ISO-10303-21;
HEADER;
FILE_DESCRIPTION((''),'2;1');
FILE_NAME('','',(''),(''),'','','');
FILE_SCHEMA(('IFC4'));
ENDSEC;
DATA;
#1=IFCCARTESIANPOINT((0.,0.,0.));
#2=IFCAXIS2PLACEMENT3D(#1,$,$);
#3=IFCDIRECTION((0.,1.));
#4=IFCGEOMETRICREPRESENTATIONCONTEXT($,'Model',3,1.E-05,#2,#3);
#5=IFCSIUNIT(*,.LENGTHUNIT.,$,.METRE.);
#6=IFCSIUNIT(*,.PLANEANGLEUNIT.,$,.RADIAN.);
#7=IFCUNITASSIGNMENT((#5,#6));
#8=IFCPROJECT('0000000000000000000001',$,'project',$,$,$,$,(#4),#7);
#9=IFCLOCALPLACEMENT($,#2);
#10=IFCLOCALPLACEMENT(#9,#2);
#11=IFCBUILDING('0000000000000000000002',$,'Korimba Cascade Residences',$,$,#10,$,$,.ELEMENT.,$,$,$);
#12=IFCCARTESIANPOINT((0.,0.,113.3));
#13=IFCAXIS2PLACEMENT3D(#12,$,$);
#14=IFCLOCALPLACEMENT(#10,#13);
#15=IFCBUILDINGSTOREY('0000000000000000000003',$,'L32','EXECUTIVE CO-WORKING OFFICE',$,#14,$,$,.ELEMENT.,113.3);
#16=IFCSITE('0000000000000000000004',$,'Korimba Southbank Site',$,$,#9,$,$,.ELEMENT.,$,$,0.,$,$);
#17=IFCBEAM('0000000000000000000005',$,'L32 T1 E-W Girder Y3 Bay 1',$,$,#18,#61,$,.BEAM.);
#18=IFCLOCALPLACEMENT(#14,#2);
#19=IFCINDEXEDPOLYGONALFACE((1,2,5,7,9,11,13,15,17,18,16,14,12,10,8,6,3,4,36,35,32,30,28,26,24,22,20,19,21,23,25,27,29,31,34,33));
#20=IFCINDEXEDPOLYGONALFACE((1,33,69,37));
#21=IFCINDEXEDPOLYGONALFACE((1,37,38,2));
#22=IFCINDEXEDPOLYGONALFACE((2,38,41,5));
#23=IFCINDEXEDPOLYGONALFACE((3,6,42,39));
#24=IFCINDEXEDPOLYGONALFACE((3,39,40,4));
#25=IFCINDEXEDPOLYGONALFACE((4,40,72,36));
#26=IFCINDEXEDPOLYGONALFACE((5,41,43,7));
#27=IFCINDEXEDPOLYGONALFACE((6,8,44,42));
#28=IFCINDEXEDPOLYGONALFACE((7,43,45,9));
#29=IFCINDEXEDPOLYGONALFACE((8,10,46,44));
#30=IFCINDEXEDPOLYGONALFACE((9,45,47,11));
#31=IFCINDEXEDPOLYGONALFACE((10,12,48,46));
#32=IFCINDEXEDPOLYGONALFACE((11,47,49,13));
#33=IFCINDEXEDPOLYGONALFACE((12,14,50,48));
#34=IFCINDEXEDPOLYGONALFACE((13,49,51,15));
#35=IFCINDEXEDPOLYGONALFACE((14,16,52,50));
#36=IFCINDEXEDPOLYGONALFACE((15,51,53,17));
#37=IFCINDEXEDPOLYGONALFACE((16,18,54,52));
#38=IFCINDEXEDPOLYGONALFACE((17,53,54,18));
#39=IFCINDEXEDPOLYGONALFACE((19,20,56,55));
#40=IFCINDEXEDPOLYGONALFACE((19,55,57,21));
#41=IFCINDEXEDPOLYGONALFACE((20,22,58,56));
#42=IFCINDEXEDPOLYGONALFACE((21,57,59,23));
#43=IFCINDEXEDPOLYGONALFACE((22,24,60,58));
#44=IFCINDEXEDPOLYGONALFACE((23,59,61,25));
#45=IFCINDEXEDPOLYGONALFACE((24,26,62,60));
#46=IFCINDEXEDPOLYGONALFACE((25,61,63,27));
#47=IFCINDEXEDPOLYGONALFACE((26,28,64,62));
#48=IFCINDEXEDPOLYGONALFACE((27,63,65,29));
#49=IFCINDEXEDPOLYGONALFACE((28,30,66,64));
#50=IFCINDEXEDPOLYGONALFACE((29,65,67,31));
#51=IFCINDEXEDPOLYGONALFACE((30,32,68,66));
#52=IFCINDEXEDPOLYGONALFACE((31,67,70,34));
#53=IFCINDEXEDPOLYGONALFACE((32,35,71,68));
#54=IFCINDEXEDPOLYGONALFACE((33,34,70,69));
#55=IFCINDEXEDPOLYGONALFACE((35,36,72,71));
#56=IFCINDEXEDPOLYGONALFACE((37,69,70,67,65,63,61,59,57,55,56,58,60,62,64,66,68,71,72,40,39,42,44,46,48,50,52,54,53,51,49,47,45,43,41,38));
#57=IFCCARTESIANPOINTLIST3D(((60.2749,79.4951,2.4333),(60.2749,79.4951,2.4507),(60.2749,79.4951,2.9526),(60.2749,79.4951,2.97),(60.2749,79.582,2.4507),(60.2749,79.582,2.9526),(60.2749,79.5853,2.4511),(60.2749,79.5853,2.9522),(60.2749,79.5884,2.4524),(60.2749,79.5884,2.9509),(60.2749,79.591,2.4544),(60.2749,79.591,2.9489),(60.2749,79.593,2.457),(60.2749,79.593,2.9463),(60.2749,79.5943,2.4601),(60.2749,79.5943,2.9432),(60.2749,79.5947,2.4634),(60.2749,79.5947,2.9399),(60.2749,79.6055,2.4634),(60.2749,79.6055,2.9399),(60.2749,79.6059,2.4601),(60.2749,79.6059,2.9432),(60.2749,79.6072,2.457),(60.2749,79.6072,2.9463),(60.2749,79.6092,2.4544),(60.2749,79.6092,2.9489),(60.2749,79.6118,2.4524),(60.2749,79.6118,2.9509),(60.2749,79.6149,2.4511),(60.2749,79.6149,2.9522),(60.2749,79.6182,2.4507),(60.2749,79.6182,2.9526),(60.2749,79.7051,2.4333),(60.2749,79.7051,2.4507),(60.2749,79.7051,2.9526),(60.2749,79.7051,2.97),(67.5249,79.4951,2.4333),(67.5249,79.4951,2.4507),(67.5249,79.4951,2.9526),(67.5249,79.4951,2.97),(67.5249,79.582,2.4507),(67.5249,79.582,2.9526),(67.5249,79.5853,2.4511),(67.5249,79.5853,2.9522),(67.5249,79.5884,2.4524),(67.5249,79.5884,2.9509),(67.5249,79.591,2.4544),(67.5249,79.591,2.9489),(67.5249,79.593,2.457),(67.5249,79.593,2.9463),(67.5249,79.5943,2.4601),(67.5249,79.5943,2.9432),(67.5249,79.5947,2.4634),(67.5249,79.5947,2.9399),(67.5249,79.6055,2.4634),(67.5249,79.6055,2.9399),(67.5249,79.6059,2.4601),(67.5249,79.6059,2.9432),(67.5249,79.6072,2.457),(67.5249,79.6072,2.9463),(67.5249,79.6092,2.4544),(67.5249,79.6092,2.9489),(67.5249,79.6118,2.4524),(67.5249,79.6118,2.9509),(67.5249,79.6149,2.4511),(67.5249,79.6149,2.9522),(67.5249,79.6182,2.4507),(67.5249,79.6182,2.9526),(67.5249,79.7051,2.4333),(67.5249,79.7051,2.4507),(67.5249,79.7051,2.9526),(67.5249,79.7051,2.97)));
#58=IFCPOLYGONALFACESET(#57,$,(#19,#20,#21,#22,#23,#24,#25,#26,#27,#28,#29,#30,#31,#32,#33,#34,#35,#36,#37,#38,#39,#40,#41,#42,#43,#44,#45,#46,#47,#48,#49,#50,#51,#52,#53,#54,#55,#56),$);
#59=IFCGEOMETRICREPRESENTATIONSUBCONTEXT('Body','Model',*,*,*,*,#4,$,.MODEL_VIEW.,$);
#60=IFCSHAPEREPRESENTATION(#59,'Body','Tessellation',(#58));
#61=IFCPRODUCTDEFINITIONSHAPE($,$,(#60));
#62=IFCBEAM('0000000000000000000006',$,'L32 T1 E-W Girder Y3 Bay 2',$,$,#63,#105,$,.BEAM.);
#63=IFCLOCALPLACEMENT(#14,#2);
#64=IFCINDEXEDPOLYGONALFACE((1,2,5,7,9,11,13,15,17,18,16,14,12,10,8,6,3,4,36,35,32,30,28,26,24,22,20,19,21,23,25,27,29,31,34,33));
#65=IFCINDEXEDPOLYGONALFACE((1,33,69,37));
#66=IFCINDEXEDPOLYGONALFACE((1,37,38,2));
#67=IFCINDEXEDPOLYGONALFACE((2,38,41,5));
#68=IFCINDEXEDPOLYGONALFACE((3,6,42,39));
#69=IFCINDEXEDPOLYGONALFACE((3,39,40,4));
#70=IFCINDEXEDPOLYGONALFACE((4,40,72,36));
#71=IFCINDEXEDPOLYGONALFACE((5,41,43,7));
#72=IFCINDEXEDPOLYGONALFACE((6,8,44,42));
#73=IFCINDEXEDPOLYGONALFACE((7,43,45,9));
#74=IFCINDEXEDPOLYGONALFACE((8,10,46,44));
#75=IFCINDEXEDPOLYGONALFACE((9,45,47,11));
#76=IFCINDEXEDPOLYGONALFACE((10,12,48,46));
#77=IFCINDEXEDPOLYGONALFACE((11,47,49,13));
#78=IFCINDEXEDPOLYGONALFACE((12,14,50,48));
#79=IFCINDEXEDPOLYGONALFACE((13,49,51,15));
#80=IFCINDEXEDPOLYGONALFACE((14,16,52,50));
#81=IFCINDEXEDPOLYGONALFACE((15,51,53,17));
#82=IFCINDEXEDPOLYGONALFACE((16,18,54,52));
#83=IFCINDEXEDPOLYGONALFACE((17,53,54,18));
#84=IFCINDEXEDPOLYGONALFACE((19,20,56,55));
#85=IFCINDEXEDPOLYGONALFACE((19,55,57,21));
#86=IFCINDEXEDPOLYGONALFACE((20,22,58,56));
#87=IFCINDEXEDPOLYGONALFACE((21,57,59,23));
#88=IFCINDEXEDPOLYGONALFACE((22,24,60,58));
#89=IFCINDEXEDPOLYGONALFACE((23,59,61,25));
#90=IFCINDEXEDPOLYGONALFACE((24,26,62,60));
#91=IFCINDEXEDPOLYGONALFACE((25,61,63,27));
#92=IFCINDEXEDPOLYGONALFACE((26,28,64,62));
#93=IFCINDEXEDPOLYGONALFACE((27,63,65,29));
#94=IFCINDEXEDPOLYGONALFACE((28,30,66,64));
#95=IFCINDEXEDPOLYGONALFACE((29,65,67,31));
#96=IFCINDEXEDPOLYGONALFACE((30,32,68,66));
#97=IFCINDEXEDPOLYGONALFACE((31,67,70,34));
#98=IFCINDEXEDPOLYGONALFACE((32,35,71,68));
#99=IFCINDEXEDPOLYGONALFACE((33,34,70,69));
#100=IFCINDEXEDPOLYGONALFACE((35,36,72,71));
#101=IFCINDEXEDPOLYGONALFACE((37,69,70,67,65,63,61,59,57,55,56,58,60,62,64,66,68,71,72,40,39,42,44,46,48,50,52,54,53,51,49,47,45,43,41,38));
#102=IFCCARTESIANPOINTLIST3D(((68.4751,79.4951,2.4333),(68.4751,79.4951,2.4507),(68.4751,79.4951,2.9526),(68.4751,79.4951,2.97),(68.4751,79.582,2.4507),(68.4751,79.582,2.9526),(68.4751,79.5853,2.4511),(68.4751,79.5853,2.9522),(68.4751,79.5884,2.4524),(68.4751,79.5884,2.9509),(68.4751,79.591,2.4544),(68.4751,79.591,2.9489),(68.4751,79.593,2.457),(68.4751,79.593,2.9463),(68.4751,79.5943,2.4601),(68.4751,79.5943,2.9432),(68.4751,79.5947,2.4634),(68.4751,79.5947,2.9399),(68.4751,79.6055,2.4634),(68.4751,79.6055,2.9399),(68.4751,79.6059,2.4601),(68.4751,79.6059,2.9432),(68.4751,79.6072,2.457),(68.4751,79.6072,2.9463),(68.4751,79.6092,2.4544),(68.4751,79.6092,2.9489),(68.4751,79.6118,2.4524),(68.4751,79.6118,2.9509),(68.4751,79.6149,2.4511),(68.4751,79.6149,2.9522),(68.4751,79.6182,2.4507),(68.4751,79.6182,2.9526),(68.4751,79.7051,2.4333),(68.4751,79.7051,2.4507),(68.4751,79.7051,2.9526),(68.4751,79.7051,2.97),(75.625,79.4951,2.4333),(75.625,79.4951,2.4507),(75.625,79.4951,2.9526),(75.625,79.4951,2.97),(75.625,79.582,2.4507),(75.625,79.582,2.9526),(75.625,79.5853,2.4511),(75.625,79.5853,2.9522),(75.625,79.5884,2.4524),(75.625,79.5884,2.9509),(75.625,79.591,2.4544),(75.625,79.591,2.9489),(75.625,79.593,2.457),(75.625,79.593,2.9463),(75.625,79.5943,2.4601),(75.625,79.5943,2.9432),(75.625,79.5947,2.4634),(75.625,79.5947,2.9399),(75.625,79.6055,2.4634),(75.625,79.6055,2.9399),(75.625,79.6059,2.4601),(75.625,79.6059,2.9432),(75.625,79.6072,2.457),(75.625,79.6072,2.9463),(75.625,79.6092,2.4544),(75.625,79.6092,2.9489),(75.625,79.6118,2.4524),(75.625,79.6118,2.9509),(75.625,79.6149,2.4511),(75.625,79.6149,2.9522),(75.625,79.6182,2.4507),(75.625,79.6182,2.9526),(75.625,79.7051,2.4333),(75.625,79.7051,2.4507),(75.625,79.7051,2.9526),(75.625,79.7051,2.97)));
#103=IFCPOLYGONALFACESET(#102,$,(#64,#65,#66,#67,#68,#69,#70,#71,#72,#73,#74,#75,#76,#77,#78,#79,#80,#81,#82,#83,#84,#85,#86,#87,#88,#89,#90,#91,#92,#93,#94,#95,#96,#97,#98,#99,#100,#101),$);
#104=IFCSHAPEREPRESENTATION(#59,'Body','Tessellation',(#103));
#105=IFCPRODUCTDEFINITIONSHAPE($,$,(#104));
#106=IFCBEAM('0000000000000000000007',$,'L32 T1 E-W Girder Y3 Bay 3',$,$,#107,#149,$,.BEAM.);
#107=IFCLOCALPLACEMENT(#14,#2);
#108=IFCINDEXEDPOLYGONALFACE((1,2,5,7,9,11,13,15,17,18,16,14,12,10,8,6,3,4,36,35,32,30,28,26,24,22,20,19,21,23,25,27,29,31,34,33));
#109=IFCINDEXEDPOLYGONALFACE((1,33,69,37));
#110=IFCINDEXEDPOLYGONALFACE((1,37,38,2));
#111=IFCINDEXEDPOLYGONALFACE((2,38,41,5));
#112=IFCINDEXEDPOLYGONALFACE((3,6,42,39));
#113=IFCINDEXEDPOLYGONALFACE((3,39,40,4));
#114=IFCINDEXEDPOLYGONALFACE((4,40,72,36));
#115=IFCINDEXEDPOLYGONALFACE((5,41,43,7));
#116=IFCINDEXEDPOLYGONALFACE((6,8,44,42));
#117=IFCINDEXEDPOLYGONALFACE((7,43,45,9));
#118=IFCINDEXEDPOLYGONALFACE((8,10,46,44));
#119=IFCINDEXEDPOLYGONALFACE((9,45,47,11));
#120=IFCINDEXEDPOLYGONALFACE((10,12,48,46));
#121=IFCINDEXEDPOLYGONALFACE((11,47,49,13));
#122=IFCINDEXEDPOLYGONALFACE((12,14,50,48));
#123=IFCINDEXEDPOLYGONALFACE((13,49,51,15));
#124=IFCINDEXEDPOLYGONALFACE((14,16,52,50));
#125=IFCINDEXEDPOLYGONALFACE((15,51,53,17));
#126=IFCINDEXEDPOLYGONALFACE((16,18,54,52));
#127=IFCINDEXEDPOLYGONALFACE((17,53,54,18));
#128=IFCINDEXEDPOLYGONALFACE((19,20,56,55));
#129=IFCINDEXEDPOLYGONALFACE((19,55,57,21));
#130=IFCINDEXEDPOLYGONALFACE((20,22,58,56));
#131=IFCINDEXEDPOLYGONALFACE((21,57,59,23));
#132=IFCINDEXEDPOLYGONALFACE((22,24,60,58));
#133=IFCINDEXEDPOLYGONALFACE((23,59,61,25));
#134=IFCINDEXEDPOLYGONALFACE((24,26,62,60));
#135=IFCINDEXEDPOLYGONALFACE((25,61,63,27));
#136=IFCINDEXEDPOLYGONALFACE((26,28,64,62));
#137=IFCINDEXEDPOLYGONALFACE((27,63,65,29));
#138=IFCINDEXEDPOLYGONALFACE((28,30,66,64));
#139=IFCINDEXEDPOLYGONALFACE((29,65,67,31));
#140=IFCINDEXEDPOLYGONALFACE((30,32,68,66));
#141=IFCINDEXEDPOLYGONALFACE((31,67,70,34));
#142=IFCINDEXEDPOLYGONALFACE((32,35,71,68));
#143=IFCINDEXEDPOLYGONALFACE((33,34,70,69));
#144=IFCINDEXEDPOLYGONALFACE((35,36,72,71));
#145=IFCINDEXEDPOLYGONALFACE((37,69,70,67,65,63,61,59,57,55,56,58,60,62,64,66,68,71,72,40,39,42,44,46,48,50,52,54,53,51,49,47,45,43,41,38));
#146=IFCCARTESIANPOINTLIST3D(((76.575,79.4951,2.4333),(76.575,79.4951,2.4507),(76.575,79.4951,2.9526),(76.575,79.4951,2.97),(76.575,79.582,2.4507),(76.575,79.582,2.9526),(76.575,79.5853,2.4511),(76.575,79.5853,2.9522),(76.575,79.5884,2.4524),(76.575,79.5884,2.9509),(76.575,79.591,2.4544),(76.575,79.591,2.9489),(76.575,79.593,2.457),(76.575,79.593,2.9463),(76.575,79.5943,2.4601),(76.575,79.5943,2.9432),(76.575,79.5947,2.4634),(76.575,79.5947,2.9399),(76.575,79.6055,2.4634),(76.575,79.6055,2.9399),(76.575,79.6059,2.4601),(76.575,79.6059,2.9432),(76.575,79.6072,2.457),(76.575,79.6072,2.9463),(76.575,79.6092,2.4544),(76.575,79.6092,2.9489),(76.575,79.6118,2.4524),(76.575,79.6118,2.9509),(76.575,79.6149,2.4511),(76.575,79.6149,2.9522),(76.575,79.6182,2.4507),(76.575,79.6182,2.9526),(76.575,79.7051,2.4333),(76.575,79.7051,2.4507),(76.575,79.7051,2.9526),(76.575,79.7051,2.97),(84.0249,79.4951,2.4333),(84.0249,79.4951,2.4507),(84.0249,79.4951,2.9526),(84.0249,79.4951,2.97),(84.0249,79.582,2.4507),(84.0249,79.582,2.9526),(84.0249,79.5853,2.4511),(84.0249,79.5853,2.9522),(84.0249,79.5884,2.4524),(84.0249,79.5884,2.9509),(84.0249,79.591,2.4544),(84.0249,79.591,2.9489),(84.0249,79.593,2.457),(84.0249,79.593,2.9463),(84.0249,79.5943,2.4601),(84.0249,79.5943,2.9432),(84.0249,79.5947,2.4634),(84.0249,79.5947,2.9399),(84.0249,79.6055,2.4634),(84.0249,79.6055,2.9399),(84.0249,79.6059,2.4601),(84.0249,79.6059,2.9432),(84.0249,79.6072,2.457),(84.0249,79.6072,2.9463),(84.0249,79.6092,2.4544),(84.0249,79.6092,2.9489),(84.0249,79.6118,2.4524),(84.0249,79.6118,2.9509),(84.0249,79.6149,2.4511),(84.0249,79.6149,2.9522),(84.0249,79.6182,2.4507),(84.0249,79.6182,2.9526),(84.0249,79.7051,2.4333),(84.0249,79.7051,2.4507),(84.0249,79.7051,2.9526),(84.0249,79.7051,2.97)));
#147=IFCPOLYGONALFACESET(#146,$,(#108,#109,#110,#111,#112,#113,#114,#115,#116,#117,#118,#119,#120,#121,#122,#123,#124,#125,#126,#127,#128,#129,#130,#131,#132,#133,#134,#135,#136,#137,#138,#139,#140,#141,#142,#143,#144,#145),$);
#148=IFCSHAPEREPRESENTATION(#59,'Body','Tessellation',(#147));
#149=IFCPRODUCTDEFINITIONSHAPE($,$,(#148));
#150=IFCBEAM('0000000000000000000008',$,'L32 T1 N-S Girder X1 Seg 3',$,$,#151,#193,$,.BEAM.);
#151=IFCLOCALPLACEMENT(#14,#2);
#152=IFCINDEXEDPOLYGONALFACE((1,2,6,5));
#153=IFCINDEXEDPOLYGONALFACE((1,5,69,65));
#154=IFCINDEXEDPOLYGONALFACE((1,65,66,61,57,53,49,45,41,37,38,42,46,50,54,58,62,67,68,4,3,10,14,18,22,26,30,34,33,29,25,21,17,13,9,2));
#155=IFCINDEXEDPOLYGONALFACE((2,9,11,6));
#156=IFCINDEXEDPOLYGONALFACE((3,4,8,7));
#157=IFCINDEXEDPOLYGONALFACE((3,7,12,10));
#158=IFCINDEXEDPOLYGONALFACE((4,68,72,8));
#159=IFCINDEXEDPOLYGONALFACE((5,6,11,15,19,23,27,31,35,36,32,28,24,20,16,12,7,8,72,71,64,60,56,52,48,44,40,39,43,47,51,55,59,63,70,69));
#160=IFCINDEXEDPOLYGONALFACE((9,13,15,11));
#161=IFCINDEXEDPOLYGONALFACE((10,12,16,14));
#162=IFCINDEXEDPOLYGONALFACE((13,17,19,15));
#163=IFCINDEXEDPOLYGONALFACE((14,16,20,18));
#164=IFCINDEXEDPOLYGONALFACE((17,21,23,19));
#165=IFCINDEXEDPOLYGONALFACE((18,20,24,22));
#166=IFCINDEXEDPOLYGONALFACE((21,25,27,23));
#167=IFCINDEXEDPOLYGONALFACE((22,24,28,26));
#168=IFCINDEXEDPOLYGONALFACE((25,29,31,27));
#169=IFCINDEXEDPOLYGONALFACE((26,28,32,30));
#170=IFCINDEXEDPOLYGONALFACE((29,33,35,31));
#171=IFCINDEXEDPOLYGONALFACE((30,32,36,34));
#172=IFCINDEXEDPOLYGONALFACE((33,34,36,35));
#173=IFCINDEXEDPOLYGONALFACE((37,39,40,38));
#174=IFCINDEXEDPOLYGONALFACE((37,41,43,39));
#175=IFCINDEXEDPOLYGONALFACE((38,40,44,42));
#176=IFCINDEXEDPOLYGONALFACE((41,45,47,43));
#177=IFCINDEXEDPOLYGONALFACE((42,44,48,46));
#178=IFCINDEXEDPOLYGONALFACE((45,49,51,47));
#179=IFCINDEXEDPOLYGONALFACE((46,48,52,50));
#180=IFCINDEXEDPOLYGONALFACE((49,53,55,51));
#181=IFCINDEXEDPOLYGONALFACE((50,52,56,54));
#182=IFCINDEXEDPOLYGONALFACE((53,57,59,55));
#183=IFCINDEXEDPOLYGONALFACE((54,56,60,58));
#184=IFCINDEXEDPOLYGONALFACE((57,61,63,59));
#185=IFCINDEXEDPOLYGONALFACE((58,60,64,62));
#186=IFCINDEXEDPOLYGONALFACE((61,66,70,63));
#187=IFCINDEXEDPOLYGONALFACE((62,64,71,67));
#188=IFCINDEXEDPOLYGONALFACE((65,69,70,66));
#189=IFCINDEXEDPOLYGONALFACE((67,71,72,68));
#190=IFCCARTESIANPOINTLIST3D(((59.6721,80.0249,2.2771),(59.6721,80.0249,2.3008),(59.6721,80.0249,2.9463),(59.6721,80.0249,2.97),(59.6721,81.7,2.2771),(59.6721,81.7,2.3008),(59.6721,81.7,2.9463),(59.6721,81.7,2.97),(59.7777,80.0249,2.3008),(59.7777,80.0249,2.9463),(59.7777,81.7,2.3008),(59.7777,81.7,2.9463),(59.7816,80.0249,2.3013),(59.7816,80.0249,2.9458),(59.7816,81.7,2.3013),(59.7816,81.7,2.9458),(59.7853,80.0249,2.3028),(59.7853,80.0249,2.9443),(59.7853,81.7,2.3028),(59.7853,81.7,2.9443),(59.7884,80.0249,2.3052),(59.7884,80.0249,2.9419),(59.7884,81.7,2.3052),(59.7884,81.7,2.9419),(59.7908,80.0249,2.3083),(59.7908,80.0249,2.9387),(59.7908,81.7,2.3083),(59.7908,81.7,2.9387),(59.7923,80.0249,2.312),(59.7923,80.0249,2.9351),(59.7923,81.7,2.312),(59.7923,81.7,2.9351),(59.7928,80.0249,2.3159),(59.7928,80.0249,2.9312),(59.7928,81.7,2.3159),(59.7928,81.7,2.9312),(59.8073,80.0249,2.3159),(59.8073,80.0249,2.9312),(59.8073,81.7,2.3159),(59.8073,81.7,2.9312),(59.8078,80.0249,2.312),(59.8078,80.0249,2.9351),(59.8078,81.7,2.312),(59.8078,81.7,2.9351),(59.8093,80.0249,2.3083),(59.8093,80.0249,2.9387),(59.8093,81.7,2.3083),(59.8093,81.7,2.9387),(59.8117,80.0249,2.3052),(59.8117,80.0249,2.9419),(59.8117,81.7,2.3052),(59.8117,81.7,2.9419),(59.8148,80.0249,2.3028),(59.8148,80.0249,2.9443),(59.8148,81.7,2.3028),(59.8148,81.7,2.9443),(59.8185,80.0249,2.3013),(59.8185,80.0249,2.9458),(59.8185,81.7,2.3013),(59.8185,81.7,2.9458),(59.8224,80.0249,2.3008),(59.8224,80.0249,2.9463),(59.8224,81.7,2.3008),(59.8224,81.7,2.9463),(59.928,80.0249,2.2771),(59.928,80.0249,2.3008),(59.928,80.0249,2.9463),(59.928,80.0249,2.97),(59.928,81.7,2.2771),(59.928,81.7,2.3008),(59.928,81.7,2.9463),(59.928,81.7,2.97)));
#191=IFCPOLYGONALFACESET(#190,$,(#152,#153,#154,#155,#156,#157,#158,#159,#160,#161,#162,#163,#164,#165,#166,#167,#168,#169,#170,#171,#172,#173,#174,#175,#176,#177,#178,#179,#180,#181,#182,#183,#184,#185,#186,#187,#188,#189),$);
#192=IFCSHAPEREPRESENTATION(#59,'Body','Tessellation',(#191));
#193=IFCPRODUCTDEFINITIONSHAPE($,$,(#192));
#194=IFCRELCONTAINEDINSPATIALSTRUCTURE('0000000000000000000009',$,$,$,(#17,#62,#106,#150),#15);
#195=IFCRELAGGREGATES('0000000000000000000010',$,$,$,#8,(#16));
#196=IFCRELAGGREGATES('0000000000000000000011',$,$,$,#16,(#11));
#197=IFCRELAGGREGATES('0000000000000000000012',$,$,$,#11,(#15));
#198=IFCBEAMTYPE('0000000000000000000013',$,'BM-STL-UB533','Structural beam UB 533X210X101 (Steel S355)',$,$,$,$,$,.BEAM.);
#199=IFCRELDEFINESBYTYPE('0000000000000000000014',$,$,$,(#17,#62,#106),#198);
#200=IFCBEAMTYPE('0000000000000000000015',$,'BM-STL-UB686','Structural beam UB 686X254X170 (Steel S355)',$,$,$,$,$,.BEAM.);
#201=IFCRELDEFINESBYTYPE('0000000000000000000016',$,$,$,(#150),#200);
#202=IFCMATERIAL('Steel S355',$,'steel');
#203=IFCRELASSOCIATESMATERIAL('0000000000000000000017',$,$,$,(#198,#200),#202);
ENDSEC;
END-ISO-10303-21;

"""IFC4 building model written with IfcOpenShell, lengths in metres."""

from ifc_helpers import new_model, si_unit, direction, frame, origin, origin_2d, place, context, subcontext, project, spatial, i_section, extrude, material, material_profile, profile_set, type_object, element, save


model = new_model("IFC4")

# Units and contexts
model_context = context("Model", 3, precision=1e-05, world=origin(), true_north=direction((0.0, 1.0)))
body_context = subcontext(model_context, "Body", "Model", "MODEL_VIEW")
ifc_project = project(units=[si_unit("LENGTHUNIT", "METRE"), si_unit("PLANEANGLEUNIT", "RADIAN")], contexts=[model_context])

# Site, building, storey
site_placement = place(None, origin())
site = spatial("IfcSite", under=ifc_project, at=site_placement, Name="Korimba Southbank Site", CompositionType="ELEMENT", RefElevation=0.0)
building_placement = place(site_placement, origin())
building = spatial("IfcBuilding", under=site, at=building_placement, Name="Korimba Cascade Residences", CompositionType="ELEMENT")
storey_placement = place(building_placement, frame((0.0, 0.0, 113.3)))
storey = spatial("IfcBuildingStorey", under=building, at=storey_placement, Name="L32", Description="EXECUTIVE CO-WORKING OFFICE", CompositionType="ELEMENT", Elevation=113.3)

# Beams
ifc_material_1 = material(Name="Steel S355", Category="steel")
ifc_material_profile_1 = material_profile(ifc_material_1, i_section(OverallWidth=0.21, OverallDepth=0.5366, WebThickness=0.0107, FlangeThickness=0.0173, FilletRadius=0.0127, at=origin_2d()), Name="Steel S355")
ifc_profile_set_1 = profile_set([ifc_material_profile_1], Name="Steel S355")
beam_type_1 = type_object("IfcBeamType", Name="BM-STL-UB533", Description="Structural beam UB 533X210X101 (Steel S355)", PredefinedType="BEAM", material=ifc_profile_set_1)
beam_1_placement = place(storey_placement, frame((60.2749, 79.6001, 2.7017), z_axis=(1.0, 0.0, 0.0), x_axis=(0.0, 1.0, 0.0)))
element("IfcBeam", 1, at=beam_1_placement, inside=storey, type_object=beam_type_1, Name="L32 T1 E-W Girder Y3 Bay 1", PredefinedType="BEAM", context=body_context, shape_type="SweptSolid", body=[
    extrude(i_section(OverallWidth=0.21, OverallDepth=0.5366, WebThickness=0.0107, FlangeThickness=0.0173, FilletRadius=0.0127, at=origin_2d()), origin(), (0.0, 0.0, 1.0), 7.25),
])
beam_2_placement = place(storey_placement, frame((68.4751, 79.6001, 2.7017), z_axis=(1.0, 0.0, 0.0), x_axis=(0.0, 1.0, 0.0)))
element("IfcBeam", 2, at=beam_2_placement, inside=storey, type_object=beam_type_1, Name="L32 T1 E-W Girder Y3 Bay 2", PredefinedType="BEAM", context=body_context, shape_type="SweptSolid", body=[
    extrude(i_section(OverallWidth=0.21, OverallDepth=0.5366, WebThickness=0.0107, FlangeThickness=0.0173, FilletRadius=0.0127, at=origin_2d()), origin(), (0.0, 0.0, 1.0), 7.1499),
])
beam_3_placement = place(storey_placement, frame((76.575, 79.6001, 2.7017), z_axis=(1.0, 0.0, 0.0), x_axis=(0.0, 1.0, 0.0)))
element("IfcBeam", 3, at=beam_3_placement, inside=storey, type_object=beam_type_1, Name="L32 T1 E-W Girder Y3 Bay 3", PredefinedType="BEAM", context=body_context, shape_type="SweptSolid", body=[
    extrude(i_section(OverallWidth=0.21, OverallDepth=0.5366, WebThickness=0.0107, FlangeThickness=0.0173, FilletRadius=0.0127, at=origin_2d()), origin(), (0.0, 0.0, 1.0), 7.45),
])
ifc_material_profile_2 = material_profile(ifc_material_1, i_section(OverallWidth=0.2559, OverallDepth=0.6929, WebThickness=0.0144, FlangeThickness=0.0237, FilletRadius=0.0151, at=origin_2d()), Name="Steel S355")
ifc_profile_set_2 = profile_set([ifc_material_profile_2], Name="Steel S355")
beam_type_2 = type_object("IfcBeamType", Name="BM-STL-UB686", Description="Structural beam UB 686X254X170 (Steel S355)", PredefinedType="BEAM", material=ifc_profile_set_2)
beam_4_placement = place(storey_placement, frame((59.8, 80.0249, 2.6235), z_axis=(0.0, 1.0, 0.0), x_axis=(-1.0, 0.0, 0.0)))
element("IfcBeam", 4, at=beam_4_placement, inside=storey, type_object=beam_type_2, Name="L32 T1 N-S Girder X1 Seg 3", PredefinedType="BEAM", context=body_context, shape_type="SweptSolid", body=[
    extrude(i_section(OverallWidth=0.2559, OverallDepth=0.6929, WebThickness=0.0144, FlangeThickness=0.0237, FilletRadius=0.0151, at=origin_2d()), origin(), (0.0, 0.0, 1.0), 1.675),
])

save(model, "model.ifc")
